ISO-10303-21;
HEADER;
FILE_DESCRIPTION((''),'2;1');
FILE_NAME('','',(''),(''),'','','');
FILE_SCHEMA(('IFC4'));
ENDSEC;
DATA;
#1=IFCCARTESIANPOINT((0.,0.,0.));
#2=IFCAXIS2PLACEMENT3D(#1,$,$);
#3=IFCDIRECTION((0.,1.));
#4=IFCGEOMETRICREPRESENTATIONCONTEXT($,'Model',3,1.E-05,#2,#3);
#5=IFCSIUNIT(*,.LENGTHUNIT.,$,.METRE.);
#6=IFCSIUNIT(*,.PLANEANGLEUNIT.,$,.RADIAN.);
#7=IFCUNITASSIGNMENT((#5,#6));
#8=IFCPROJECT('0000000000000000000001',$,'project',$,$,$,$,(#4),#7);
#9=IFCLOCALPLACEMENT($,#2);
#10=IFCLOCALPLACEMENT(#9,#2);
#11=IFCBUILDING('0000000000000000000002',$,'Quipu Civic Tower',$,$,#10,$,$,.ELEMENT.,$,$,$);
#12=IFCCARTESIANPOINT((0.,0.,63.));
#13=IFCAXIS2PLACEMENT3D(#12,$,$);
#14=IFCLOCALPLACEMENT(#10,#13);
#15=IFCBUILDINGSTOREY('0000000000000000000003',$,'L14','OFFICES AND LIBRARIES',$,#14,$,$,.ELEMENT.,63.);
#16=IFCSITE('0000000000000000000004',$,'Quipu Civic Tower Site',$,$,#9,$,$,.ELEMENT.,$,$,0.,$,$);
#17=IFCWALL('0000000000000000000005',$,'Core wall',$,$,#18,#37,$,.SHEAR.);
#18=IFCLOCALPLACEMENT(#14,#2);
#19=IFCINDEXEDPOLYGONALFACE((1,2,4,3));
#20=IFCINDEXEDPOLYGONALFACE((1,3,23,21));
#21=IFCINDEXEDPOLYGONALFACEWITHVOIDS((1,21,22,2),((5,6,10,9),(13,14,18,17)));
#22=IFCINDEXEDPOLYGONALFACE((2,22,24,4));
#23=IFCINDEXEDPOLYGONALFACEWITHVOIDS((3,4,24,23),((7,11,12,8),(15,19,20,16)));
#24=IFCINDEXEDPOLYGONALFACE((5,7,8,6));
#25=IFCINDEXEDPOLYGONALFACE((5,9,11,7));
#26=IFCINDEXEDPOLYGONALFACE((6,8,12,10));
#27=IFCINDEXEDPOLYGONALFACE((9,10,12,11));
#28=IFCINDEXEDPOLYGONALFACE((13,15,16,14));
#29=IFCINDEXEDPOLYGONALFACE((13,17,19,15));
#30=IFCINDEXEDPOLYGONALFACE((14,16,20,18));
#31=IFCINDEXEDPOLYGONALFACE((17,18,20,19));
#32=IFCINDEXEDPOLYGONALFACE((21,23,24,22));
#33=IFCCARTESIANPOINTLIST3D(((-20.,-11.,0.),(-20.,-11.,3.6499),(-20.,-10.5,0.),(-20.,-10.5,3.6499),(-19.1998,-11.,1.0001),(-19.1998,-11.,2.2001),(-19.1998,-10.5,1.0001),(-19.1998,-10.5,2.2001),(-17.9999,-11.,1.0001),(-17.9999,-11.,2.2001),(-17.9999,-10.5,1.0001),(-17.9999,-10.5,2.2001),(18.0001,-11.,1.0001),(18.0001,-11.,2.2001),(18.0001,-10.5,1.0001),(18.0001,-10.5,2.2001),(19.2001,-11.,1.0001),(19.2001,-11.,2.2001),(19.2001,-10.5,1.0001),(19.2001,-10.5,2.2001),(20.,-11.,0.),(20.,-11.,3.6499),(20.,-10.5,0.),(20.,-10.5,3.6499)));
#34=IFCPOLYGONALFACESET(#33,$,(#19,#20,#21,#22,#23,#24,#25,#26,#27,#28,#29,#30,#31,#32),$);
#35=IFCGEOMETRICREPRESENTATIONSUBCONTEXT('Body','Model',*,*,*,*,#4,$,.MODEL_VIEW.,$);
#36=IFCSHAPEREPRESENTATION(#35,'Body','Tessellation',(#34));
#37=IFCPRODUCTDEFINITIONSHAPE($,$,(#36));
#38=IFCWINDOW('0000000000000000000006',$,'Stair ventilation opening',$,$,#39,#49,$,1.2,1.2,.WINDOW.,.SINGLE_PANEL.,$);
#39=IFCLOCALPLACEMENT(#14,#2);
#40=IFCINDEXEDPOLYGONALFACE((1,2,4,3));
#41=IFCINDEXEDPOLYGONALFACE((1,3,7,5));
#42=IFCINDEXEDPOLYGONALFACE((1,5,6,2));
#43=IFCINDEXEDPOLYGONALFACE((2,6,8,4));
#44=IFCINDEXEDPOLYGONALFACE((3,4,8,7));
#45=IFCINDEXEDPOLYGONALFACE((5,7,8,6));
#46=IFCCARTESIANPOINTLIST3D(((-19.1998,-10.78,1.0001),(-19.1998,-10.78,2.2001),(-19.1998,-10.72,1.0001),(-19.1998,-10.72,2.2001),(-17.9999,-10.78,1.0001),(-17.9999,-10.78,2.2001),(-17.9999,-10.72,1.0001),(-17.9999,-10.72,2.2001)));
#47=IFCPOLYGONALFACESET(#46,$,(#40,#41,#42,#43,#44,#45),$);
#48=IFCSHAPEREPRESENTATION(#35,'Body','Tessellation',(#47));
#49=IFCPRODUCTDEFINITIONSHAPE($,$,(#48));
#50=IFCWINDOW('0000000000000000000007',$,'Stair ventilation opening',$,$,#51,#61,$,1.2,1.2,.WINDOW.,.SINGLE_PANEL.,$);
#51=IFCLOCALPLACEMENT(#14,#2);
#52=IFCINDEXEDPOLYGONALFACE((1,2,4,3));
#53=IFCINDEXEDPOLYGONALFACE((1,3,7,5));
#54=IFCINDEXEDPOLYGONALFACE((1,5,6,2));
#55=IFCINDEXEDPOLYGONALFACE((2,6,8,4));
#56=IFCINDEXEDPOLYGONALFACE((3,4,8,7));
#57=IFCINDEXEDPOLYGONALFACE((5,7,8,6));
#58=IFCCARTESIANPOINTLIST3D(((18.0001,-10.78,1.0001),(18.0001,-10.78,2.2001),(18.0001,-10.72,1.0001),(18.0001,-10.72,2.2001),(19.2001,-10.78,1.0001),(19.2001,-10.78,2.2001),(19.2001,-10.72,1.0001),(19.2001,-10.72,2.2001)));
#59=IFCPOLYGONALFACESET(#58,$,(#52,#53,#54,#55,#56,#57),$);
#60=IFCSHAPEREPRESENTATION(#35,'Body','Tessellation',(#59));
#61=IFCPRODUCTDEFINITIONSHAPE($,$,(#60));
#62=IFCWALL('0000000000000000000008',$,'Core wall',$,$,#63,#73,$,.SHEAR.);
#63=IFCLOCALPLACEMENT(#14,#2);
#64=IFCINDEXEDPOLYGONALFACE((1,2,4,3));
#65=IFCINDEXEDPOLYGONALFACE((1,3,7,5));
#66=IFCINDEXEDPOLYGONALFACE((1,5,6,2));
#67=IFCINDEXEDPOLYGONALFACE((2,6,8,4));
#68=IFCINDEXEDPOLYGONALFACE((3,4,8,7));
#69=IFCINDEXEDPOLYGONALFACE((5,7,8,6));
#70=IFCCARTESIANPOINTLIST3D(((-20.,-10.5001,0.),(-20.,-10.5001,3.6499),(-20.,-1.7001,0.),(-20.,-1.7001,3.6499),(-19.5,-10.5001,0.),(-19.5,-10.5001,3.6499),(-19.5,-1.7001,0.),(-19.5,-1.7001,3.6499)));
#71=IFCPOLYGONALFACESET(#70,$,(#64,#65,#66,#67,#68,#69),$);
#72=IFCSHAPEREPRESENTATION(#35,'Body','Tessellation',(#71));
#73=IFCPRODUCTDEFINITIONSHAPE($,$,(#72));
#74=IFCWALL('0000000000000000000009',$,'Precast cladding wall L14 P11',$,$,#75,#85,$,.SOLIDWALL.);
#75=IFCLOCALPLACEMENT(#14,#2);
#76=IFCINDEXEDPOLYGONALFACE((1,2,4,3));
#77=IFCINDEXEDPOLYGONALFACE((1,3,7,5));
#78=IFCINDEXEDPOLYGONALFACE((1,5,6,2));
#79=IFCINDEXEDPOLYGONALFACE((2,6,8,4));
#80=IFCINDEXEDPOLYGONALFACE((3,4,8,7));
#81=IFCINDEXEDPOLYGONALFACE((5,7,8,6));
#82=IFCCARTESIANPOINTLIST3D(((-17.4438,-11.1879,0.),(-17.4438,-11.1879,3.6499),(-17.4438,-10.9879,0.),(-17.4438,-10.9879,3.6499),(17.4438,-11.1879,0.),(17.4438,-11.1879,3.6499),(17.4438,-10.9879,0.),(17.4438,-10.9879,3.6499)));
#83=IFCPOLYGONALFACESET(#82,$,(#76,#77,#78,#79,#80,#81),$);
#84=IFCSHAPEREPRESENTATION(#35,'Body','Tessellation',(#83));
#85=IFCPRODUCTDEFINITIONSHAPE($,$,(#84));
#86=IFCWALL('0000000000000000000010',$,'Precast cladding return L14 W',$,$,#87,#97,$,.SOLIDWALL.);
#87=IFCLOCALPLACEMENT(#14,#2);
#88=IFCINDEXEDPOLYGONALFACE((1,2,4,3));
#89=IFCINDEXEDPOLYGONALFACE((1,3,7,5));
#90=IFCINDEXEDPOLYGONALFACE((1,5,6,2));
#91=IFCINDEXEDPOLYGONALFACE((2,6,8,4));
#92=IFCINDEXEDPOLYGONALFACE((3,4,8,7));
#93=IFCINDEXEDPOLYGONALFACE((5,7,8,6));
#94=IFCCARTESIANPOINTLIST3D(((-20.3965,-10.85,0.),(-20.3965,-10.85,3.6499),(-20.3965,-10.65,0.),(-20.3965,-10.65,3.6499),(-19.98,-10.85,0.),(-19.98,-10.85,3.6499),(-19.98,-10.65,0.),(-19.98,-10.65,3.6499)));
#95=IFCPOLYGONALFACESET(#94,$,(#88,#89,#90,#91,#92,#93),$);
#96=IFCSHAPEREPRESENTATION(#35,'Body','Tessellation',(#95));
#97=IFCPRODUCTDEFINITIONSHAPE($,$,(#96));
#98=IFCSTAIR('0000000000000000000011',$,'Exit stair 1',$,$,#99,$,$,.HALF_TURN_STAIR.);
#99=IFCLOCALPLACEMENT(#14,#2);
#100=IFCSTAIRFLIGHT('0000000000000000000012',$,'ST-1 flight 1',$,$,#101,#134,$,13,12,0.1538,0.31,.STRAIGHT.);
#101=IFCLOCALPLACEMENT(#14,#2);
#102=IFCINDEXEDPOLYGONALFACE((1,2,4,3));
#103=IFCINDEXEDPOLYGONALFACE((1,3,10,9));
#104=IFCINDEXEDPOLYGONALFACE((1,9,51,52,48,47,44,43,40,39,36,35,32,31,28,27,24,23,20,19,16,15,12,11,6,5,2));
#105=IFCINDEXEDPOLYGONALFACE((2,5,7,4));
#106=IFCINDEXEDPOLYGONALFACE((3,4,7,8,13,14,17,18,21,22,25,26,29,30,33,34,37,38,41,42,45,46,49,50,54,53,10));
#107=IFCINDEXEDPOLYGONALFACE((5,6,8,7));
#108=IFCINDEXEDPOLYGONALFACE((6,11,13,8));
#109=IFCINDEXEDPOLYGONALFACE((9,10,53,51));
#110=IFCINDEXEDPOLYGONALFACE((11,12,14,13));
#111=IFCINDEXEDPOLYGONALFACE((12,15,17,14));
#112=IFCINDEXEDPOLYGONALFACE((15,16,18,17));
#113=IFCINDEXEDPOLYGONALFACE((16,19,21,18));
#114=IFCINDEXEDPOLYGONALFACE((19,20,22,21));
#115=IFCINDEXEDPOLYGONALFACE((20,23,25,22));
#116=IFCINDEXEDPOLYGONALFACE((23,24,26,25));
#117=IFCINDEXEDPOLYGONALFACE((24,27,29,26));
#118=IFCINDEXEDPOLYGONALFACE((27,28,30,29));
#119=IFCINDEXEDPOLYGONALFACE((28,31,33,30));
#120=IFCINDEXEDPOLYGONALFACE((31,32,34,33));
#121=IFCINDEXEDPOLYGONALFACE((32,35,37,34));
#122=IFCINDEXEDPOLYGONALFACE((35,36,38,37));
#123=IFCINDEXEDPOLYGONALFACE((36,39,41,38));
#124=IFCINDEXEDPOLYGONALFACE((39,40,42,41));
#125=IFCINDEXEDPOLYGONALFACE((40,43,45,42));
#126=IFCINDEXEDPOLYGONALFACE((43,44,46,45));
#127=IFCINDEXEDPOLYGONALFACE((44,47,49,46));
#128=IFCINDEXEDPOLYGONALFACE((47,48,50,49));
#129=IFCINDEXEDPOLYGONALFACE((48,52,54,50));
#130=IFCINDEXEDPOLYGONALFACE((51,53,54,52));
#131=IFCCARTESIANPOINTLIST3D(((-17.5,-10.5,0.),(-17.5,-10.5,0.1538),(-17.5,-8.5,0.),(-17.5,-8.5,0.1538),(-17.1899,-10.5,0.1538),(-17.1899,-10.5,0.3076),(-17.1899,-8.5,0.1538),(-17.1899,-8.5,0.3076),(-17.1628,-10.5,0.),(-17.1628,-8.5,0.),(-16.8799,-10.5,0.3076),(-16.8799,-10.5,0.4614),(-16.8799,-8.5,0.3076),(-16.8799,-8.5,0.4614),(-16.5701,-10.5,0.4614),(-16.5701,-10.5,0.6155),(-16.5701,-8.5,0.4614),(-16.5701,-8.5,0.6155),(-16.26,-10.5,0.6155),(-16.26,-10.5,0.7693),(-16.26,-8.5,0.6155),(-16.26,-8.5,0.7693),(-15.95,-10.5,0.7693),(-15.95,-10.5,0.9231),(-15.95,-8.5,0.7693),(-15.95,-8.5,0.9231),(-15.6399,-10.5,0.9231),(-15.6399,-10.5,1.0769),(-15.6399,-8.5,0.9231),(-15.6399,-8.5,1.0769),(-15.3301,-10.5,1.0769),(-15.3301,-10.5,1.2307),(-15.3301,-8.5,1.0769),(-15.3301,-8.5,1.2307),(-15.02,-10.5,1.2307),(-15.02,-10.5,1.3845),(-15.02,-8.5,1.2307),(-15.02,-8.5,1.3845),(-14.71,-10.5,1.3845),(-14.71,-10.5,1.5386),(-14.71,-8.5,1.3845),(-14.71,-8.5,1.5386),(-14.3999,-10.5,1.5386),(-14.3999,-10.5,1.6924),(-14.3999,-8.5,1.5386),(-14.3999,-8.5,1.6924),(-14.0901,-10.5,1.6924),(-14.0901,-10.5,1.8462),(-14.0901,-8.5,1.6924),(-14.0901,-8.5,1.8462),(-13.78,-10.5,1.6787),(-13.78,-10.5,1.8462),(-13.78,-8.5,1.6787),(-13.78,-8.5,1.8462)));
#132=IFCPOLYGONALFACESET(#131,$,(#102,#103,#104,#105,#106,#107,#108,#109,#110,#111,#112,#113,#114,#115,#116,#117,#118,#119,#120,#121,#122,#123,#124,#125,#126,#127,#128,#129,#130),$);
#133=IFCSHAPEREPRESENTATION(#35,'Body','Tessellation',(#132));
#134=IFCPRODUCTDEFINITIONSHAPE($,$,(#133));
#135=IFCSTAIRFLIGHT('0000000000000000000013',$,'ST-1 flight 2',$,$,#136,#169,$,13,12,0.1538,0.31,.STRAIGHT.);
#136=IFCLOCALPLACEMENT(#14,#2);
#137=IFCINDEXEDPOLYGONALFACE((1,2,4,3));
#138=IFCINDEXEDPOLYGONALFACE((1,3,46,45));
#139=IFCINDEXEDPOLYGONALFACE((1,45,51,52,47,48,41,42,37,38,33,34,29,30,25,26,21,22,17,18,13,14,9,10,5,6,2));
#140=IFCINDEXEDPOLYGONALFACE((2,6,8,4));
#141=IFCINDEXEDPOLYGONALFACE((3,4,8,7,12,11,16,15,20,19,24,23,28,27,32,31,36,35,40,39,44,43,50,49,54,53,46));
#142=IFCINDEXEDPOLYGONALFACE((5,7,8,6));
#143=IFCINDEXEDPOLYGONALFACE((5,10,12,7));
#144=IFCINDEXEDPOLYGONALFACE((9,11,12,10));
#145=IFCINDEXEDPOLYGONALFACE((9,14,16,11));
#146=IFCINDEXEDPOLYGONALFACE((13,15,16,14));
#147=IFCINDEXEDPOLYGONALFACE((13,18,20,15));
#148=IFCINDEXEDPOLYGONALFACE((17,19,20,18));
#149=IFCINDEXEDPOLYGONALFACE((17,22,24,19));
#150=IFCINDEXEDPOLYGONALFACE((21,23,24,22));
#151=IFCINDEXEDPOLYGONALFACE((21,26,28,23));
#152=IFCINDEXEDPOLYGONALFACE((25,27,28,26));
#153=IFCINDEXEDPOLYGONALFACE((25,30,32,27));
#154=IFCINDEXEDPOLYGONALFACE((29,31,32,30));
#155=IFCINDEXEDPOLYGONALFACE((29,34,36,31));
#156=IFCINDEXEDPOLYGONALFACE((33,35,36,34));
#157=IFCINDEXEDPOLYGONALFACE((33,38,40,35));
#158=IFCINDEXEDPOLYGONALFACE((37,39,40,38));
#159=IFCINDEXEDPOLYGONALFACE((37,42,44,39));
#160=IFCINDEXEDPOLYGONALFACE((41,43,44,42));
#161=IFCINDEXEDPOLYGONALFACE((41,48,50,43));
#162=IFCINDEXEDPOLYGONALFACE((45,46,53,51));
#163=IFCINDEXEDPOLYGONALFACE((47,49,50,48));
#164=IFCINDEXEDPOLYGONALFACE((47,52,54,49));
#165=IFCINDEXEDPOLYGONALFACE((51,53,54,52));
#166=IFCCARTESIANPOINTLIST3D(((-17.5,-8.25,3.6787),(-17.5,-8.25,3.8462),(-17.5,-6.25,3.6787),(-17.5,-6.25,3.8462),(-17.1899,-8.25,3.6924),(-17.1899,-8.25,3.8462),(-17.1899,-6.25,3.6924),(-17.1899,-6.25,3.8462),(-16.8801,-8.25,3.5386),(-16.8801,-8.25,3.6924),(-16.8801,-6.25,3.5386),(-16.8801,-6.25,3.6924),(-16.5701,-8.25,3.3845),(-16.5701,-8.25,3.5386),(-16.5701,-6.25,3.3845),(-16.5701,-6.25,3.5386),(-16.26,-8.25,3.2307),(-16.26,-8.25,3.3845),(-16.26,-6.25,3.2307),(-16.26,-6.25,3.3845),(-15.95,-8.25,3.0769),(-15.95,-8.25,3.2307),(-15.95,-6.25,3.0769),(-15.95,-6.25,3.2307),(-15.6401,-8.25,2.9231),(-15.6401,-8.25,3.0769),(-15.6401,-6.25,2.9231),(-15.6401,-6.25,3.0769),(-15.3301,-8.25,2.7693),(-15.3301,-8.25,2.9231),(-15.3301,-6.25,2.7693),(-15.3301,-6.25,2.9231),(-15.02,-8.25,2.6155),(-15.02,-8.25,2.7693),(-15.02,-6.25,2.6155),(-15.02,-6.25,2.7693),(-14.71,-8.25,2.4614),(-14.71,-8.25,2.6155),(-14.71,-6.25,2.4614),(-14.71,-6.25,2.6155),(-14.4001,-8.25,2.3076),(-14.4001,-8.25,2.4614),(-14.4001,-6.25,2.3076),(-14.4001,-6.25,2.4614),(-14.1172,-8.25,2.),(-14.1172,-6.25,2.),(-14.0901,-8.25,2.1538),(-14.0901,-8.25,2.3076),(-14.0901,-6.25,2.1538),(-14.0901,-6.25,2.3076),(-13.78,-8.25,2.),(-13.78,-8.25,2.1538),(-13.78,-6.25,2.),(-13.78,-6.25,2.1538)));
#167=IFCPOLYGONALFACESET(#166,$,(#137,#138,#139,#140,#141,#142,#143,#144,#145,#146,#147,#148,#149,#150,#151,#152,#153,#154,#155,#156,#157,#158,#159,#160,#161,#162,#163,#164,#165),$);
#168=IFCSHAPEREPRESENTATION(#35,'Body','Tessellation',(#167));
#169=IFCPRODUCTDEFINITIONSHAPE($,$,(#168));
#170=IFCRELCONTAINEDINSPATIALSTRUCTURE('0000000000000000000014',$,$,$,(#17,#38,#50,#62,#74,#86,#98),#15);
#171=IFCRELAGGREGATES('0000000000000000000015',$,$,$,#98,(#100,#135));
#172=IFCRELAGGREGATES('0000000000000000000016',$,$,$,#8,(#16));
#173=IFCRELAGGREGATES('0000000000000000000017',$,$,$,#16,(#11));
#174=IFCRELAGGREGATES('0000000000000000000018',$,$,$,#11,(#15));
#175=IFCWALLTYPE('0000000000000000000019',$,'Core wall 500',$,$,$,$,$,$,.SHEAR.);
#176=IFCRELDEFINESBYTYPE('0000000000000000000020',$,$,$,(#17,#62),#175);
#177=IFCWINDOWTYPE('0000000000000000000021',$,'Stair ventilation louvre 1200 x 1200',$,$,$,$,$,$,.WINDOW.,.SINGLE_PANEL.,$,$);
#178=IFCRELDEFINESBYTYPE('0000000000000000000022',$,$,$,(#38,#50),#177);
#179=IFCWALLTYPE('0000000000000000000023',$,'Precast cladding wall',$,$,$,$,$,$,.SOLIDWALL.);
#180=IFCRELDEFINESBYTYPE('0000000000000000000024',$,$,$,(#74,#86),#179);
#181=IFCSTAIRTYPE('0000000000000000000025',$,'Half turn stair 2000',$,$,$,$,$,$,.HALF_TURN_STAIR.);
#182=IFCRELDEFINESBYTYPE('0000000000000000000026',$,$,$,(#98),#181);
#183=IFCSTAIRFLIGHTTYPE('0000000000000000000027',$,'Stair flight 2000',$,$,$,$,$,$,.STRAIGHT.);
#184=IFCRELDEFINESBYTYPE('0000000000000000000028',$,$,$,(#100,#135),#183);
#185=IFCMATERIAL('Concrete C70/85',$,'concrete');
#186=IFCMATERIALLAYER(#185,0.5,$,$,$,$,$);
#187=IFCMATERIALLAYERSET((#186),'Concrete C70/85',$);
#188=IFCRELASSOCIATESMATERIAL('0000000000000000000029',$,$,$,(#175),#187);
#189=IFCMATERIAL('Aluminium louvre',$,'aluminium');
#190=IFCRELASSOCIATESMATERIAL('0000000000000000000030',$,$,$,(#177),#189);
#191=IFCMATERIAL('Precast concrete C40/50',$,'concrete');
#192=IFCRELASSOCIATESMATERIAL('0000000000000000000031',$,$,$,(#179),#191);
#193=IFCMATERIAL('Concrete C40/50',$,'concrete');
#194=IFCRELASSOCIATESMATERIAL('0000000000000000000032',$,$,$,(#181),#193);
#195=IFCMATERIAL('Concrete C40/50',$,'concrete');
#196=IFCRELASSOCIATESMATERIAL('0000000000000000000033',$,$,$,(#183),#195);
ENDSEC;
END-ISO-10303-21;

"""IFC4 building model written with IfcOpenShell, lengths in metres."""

from ifc_helpers import new_model, si_unit, direction, frame, frame_2d, origin, place, context, subcontext, project, spatial, polyline, rectangle, outline, extrude, material, layer, layer_set, type_object, element, fill, aggregate, save


model = new_model("IFC4")

# Units and contexts
model_context = context("Model", 3, precision=1e-05, world=origin(), true_north=direction((0.0, 1.0)))
body_context = subcontext(model_context, "Body", "Model", "MODEL_VIEW")
ifc_project = project(units=[si_unit("LENGTHUNIT", "METRE"), si_unit("PLANEANGLEUNIT", "RADIAN")], contexts=[model_context])

# Site, building, storey
site_placement = place(None, origin())
site = spatial("IfcSite", under=ifc_project, at=site_placement, Name="Quipu Civic Tower Site", CompositionType="ELEMENT", RefElevation=0.0)
building_placement = place(site_placement, origin())
building = spatial("IfcBuilding", under=site, at=building_placement, Name="Quipu Civic Tower", CompositionType="ELEMENT")
storey_placement = place(building_placement, frame((0.0, 0.0, 63.0)))
storey = spatial("IfcBuildingStorey", under=building, at=storey_placement, Name="L14", Description="OFFICES AND LIBRARIES", CompositionType="ELEMENT", Elevation=63.0)

# Wall, openings, windows
ifc_material_1 = material(Name="Concrete C70/85", Category="concrete")
ifc_layer_1 = layer(ifc_material_1, 0.5)
ifc_layer_set_1 = layer_set([ifc_layer_1], Name="Concrete C70/85")
wall_type_1 = type_object("IfcWallType", Name="Core wall 500", PredefinedType="SHEAR", material=ifc_layer_set_1)
wall_1_placement = place(storey_placement, frame((-20.0, -10.75, 0.0), z_axis=(0.0, 0.0, 1.0), x_axis=(1.0, 0.0, 0.0)))
wall_1 = element("IfcWall", 1, at=wall_1_placement, inside=storey, type_object=wall_type_1, Name="Core wall", PredefinedType="SHEAR", context=body_context, shape_type="SweptSolid", body=[
    extrude(rectangle(XDim=40.0, YDim=0.5, at=frame_2d((20.0, 0.0))), origin(), (0.0, 0.0, 1.0), 3.6499),
])
opening_1_placement = place(wall_1_placement, frame((0.8, 0.0, 1.0)))
opening_1 = element("IfcOpeningElement", 2, at=opening_1_placement, cuts=wall_1, PredefinedType="OPENING", context=body_context, shape_type="SweptSolid", body=[
    extrude(rectangle(XDim=1.2, YDim=1.2, at=frame_2d((0.6001, 0.6001))), frame((0.0, 0.26, 0.0), z_axis=(0.0, -1.0, 0.0), x_axis=(1.0, 0.0, 0.0)), (0.0, 0.0, 1.0), 0.52),
])
opening_2_placement = place(wall_1_placement, frame((38.0, 0.0, 1.0)))
opening_2 = element("IfcOpeningElement", 3, at=opening_2_placement, cuts=wall_1, PredefinedType="OPENING", context=body_context, shape_type="SweptSolid", body=[
    extrude(rectangle(XDim=1.2, YDim=1.2, at=frame_2d((0.6001, 0.6001))), frame((0.0, 0.26, 0.0), z_axis=(0.0, -1.0, 0.0), x_axis=(1.0, 0.0, 0.0)), (0.0, 0.0, 1.0), 0.52),
])
ifc_material_2 = material(Name="Aluminium louvre", Category="aluminium")
window_type = type_object("IfcWindowType", Name="Stair ventilation louvre 1200 x 1200", PartitioningType="SINGLE_PANEL", PredefinedType="WINDOW", material=ifc_material_2)
window_1_placement = place(opening_1_placement, origin())
window_1 = element("IfcWindow", 4, at=window_1_placement, inside=storey, type_object=window_type, Name="Stair ventilation opening", OverallHeight=1.2, OverallWidth=1.2, PartitioningType="SINGLE_PANEL", PredefinedType="WINDOW", context=body_context, shape_type="SweptSolid", body=[
    extrude(rectangle(XDim=1.2, YDim=1.2, at=frame_2d((0.6001, 0.6001))), frame((0.0, 0.03, 0.0), z_axis=(0.0, -1.0, 0.0), x_axis=(1.0, 0.0, 0.0)), (0.0, 0.0, 1.0), 0.0601),
])
fill(opening_1, window_1)
window_2_placement = place(opening_2_placement, origin())
window_2 = element("IfcWindow", 5, at=window_2_placement, inside=storey, type_object=window_type, Name="Stair ventilation opening", OverallHeight=1.2, OverallWidth=1.2, PartitioningType="SINGLE_PANEL", PredefinedType="WINDOW", context=body_context, shape_type="SweptSolid", body=[
    extrude(rectangle(XDim=1.2, YDim=1.2, at=frame_2d((0.6001, 0.6001))), frame((0.0, 0.03, 0.0), z_axis=(0.0, -1.0, 0.0), x_axis=(1.0, 0.0, 0.0)), (0.0, 0.0, 1.0), 0.0601),
])
fill(opening_2, window_2)

# Walls
wall_2_placement = place(storey_placement, frame((-19.75, -10.5, 0.0), z_axis=(0.0, 0.0, 1.0), x_axis=(0.0, 1.0, 0.0)))
element("IfcWall", 6, at=wall_2_placement, inside=storey, type_object=wall_type_1, Name="Core wall", PredefinedType="SHEAR", context=body_context, shape_type="SweptSolid", body=[
    extrude(rectangle(XDim=8.8, YDim=0.5, at=frame_2d((4.3999, 0.0))), origin(), (0.0, 0.0, 1.0), 3.6499),
])
ifc_material_3 = material(Name="Precast concrete C40/50", Category="concrete")
wall_type_2 = type_object("IfcWallType", Name="Precast cladding wall", PredefinedType="SOLIDWALL", material=ifc_material_3)
wall_3_placement = place(storey_placement, frame((-17.4438, -11.0879, 0.0), z_axis=(0.0, 0.0, 1.0), x_axis=(1.0, 0.0, 0.0)))
element("IfcWall", 7, at=wall_3_placement, inside=storey, type_object=wall_type_2, Name="Precast cladding wall L14 P11", PredefinedType="SOLIDWALL", context=body_context, shape_type="SweptSolid", body=[
    extrude(rectangle(XDim=34.8877, YDim=0.2, at=frame_2d((17.4438, 0.0))), origin(), (0.0, 0.0, 1.0), 3.6499),
])
wall_4_placement = place(storey_placement, frame((-19.98, -10.75, 0.0), z_axis=(0.0, 0.0, 1.0), x_axis=(-1.0, 0.0, 0.0)))
element("IfcWall", 8, at=wall_4_placement, inside=storey, type_object=wall_type_2, Name="Precast cladding return L14 W", PredefinedType="SOLIDWALL", context=body_context, shape_type="SweptSolid", body=[
    extrude(rectangle(XDim=0.4165, YDim=0.2, at=frame_2d((0.2083, 0.0))), origin(), (0.0, 0.0, 1.0), 3.6499),
])

# Stair, stair flights
ifc_material_4 = material(Name="Concrete C40/50", Category="concrete")
stair_type = type_object("IfcStairType", Name="Half turn stair 2000", PredefinedType="HALF_TURN_STAIR", material=ifc_material_4)
stair_placement = place(storey_placement, origin())
stair = element("IfcStair", 9, at=stair_placement, inside=storey, type_object=stair_type, Name="Exit stair 1", PredefinedType="HALF_TURN_STAIR")
ifc_material_5 = material(Name="Concrete C40/50", Category="concrete")
stair_flight_type = type_object("IfcStairFlightType", Name="Stair flight 2000", PredefinedType="STRAIGHT", material=ifc_material_5)
stair_flight_1_placement = place(storey_placement, frame((-17.5, -9.5, 0.0), z_axis=(0.0, 0.0, 1.0), x_axis=(1.0, 0.0, 0.0)))
stair_flight_1 = element("IfcStairFlight", 10, at=stair_flight_1_placement, type_object=stair_flight_type, Name="ST-1 flight 1", NumberOfRisers=13, NumberOfTreads=12, PredefinedType="STRAIGHT", RiserHeight=0.1538, TreadLength=0.31, context=body_context, shape_type="SweptSolid", body=[
    extrude(outline(polyline([(0.0, 0.0), (0.0, 0.1538), (0.3101, 0.1538), (0.3101, 0.3076), (0.6201, 0.3076), (0.6201, 0.4614), (0.9299, 0.4614), (0.9299, 0.6155), (1.24, 0.6155), (1.24, 0.7693), (1.55, 0.7693), (1.55, 0.9231), (1.8601, 0.9231), (1.8601, 1.0769), (2.1699, 1.0769), (2.1699, 1.2307), (2.48, 1.2307), (2.48, 1.3845), (2.79, 1.3845), (2.79, 1.5386), (3.1001, 1.5386), (3.1001, 1.6924), (3.4099, 1.6924), (3.4099, 1.8462), (3.72, 1.8462), (3.72, 2.0), (3.72, 1.6787), (0.3372, 0.0), (0.0, 0.0)])), frame((0.0, 1.0, 0.0), z_axis=(0.0, -1.0, 0.0), x_axis=(1.0, 0.0, 0.0)), (0.0, 0.0, 1.0), 2.0),
])
stair_flight_2_placement = place(storey_placement, frame((-13.78, -7.25, 2.0), z_axis=(0.0, 0.0, 1.0), x_axis=(-1.0, 0.0, 0.0)))
stair_flight_2 = element("IfcStairFlight", 11, at=stair_flight_2_placement, type_object=stair_flight_type, Name="ST-1 flight 2", NumberOfRisers=13, NumberOfTreads=12, PredefinedType="STRAIGHT", RiserHeight=0.1538, TreadLength=0.31, context=body_context, shape_type="SweptSolid", body=[
    extrude(outline(polyline([(0.0, 0.0), (0.0, 0.1538), (0.3101, 0.1538), (0.3101, 0.3076), (0.6201, 0.3076), (0.6201, 0.4614), (0.9299, 0.4614), (0.9299, 0.6155), (1.24, 0.6155), (1.24, 0.7693), (1.55, 0.7693), (1.55, 0.9231), (1.8601, 0.9231), (1.8601, 1.0769), (2.1699, 1.0769), (2.1699, 1.2307), (2.48, 1.2307), (2.48, 1.3845), (2.79, 1.3845), (2.79, 1.5386), (3.1001, 1.5386), (3.1001, 1.6924), (3.4099, 1.6924), (3.4099, 1.8462), (3.72, 1.8462), (3.72, 2.0), (3.72, 1.6787), (0.3372, 0.0), (0.0, 0.0)])), frame((0.0, 1.0, 0.0), z_axis=(0.0, -1.0, 0.0), x_axis=(1.0, 0.0, 0.0)), (0.0, 0.0, 1.0), 2.0),
])
aggregate(stair, [stair_flight_1, stair_flight_2])

save(model, "model.ifc")
